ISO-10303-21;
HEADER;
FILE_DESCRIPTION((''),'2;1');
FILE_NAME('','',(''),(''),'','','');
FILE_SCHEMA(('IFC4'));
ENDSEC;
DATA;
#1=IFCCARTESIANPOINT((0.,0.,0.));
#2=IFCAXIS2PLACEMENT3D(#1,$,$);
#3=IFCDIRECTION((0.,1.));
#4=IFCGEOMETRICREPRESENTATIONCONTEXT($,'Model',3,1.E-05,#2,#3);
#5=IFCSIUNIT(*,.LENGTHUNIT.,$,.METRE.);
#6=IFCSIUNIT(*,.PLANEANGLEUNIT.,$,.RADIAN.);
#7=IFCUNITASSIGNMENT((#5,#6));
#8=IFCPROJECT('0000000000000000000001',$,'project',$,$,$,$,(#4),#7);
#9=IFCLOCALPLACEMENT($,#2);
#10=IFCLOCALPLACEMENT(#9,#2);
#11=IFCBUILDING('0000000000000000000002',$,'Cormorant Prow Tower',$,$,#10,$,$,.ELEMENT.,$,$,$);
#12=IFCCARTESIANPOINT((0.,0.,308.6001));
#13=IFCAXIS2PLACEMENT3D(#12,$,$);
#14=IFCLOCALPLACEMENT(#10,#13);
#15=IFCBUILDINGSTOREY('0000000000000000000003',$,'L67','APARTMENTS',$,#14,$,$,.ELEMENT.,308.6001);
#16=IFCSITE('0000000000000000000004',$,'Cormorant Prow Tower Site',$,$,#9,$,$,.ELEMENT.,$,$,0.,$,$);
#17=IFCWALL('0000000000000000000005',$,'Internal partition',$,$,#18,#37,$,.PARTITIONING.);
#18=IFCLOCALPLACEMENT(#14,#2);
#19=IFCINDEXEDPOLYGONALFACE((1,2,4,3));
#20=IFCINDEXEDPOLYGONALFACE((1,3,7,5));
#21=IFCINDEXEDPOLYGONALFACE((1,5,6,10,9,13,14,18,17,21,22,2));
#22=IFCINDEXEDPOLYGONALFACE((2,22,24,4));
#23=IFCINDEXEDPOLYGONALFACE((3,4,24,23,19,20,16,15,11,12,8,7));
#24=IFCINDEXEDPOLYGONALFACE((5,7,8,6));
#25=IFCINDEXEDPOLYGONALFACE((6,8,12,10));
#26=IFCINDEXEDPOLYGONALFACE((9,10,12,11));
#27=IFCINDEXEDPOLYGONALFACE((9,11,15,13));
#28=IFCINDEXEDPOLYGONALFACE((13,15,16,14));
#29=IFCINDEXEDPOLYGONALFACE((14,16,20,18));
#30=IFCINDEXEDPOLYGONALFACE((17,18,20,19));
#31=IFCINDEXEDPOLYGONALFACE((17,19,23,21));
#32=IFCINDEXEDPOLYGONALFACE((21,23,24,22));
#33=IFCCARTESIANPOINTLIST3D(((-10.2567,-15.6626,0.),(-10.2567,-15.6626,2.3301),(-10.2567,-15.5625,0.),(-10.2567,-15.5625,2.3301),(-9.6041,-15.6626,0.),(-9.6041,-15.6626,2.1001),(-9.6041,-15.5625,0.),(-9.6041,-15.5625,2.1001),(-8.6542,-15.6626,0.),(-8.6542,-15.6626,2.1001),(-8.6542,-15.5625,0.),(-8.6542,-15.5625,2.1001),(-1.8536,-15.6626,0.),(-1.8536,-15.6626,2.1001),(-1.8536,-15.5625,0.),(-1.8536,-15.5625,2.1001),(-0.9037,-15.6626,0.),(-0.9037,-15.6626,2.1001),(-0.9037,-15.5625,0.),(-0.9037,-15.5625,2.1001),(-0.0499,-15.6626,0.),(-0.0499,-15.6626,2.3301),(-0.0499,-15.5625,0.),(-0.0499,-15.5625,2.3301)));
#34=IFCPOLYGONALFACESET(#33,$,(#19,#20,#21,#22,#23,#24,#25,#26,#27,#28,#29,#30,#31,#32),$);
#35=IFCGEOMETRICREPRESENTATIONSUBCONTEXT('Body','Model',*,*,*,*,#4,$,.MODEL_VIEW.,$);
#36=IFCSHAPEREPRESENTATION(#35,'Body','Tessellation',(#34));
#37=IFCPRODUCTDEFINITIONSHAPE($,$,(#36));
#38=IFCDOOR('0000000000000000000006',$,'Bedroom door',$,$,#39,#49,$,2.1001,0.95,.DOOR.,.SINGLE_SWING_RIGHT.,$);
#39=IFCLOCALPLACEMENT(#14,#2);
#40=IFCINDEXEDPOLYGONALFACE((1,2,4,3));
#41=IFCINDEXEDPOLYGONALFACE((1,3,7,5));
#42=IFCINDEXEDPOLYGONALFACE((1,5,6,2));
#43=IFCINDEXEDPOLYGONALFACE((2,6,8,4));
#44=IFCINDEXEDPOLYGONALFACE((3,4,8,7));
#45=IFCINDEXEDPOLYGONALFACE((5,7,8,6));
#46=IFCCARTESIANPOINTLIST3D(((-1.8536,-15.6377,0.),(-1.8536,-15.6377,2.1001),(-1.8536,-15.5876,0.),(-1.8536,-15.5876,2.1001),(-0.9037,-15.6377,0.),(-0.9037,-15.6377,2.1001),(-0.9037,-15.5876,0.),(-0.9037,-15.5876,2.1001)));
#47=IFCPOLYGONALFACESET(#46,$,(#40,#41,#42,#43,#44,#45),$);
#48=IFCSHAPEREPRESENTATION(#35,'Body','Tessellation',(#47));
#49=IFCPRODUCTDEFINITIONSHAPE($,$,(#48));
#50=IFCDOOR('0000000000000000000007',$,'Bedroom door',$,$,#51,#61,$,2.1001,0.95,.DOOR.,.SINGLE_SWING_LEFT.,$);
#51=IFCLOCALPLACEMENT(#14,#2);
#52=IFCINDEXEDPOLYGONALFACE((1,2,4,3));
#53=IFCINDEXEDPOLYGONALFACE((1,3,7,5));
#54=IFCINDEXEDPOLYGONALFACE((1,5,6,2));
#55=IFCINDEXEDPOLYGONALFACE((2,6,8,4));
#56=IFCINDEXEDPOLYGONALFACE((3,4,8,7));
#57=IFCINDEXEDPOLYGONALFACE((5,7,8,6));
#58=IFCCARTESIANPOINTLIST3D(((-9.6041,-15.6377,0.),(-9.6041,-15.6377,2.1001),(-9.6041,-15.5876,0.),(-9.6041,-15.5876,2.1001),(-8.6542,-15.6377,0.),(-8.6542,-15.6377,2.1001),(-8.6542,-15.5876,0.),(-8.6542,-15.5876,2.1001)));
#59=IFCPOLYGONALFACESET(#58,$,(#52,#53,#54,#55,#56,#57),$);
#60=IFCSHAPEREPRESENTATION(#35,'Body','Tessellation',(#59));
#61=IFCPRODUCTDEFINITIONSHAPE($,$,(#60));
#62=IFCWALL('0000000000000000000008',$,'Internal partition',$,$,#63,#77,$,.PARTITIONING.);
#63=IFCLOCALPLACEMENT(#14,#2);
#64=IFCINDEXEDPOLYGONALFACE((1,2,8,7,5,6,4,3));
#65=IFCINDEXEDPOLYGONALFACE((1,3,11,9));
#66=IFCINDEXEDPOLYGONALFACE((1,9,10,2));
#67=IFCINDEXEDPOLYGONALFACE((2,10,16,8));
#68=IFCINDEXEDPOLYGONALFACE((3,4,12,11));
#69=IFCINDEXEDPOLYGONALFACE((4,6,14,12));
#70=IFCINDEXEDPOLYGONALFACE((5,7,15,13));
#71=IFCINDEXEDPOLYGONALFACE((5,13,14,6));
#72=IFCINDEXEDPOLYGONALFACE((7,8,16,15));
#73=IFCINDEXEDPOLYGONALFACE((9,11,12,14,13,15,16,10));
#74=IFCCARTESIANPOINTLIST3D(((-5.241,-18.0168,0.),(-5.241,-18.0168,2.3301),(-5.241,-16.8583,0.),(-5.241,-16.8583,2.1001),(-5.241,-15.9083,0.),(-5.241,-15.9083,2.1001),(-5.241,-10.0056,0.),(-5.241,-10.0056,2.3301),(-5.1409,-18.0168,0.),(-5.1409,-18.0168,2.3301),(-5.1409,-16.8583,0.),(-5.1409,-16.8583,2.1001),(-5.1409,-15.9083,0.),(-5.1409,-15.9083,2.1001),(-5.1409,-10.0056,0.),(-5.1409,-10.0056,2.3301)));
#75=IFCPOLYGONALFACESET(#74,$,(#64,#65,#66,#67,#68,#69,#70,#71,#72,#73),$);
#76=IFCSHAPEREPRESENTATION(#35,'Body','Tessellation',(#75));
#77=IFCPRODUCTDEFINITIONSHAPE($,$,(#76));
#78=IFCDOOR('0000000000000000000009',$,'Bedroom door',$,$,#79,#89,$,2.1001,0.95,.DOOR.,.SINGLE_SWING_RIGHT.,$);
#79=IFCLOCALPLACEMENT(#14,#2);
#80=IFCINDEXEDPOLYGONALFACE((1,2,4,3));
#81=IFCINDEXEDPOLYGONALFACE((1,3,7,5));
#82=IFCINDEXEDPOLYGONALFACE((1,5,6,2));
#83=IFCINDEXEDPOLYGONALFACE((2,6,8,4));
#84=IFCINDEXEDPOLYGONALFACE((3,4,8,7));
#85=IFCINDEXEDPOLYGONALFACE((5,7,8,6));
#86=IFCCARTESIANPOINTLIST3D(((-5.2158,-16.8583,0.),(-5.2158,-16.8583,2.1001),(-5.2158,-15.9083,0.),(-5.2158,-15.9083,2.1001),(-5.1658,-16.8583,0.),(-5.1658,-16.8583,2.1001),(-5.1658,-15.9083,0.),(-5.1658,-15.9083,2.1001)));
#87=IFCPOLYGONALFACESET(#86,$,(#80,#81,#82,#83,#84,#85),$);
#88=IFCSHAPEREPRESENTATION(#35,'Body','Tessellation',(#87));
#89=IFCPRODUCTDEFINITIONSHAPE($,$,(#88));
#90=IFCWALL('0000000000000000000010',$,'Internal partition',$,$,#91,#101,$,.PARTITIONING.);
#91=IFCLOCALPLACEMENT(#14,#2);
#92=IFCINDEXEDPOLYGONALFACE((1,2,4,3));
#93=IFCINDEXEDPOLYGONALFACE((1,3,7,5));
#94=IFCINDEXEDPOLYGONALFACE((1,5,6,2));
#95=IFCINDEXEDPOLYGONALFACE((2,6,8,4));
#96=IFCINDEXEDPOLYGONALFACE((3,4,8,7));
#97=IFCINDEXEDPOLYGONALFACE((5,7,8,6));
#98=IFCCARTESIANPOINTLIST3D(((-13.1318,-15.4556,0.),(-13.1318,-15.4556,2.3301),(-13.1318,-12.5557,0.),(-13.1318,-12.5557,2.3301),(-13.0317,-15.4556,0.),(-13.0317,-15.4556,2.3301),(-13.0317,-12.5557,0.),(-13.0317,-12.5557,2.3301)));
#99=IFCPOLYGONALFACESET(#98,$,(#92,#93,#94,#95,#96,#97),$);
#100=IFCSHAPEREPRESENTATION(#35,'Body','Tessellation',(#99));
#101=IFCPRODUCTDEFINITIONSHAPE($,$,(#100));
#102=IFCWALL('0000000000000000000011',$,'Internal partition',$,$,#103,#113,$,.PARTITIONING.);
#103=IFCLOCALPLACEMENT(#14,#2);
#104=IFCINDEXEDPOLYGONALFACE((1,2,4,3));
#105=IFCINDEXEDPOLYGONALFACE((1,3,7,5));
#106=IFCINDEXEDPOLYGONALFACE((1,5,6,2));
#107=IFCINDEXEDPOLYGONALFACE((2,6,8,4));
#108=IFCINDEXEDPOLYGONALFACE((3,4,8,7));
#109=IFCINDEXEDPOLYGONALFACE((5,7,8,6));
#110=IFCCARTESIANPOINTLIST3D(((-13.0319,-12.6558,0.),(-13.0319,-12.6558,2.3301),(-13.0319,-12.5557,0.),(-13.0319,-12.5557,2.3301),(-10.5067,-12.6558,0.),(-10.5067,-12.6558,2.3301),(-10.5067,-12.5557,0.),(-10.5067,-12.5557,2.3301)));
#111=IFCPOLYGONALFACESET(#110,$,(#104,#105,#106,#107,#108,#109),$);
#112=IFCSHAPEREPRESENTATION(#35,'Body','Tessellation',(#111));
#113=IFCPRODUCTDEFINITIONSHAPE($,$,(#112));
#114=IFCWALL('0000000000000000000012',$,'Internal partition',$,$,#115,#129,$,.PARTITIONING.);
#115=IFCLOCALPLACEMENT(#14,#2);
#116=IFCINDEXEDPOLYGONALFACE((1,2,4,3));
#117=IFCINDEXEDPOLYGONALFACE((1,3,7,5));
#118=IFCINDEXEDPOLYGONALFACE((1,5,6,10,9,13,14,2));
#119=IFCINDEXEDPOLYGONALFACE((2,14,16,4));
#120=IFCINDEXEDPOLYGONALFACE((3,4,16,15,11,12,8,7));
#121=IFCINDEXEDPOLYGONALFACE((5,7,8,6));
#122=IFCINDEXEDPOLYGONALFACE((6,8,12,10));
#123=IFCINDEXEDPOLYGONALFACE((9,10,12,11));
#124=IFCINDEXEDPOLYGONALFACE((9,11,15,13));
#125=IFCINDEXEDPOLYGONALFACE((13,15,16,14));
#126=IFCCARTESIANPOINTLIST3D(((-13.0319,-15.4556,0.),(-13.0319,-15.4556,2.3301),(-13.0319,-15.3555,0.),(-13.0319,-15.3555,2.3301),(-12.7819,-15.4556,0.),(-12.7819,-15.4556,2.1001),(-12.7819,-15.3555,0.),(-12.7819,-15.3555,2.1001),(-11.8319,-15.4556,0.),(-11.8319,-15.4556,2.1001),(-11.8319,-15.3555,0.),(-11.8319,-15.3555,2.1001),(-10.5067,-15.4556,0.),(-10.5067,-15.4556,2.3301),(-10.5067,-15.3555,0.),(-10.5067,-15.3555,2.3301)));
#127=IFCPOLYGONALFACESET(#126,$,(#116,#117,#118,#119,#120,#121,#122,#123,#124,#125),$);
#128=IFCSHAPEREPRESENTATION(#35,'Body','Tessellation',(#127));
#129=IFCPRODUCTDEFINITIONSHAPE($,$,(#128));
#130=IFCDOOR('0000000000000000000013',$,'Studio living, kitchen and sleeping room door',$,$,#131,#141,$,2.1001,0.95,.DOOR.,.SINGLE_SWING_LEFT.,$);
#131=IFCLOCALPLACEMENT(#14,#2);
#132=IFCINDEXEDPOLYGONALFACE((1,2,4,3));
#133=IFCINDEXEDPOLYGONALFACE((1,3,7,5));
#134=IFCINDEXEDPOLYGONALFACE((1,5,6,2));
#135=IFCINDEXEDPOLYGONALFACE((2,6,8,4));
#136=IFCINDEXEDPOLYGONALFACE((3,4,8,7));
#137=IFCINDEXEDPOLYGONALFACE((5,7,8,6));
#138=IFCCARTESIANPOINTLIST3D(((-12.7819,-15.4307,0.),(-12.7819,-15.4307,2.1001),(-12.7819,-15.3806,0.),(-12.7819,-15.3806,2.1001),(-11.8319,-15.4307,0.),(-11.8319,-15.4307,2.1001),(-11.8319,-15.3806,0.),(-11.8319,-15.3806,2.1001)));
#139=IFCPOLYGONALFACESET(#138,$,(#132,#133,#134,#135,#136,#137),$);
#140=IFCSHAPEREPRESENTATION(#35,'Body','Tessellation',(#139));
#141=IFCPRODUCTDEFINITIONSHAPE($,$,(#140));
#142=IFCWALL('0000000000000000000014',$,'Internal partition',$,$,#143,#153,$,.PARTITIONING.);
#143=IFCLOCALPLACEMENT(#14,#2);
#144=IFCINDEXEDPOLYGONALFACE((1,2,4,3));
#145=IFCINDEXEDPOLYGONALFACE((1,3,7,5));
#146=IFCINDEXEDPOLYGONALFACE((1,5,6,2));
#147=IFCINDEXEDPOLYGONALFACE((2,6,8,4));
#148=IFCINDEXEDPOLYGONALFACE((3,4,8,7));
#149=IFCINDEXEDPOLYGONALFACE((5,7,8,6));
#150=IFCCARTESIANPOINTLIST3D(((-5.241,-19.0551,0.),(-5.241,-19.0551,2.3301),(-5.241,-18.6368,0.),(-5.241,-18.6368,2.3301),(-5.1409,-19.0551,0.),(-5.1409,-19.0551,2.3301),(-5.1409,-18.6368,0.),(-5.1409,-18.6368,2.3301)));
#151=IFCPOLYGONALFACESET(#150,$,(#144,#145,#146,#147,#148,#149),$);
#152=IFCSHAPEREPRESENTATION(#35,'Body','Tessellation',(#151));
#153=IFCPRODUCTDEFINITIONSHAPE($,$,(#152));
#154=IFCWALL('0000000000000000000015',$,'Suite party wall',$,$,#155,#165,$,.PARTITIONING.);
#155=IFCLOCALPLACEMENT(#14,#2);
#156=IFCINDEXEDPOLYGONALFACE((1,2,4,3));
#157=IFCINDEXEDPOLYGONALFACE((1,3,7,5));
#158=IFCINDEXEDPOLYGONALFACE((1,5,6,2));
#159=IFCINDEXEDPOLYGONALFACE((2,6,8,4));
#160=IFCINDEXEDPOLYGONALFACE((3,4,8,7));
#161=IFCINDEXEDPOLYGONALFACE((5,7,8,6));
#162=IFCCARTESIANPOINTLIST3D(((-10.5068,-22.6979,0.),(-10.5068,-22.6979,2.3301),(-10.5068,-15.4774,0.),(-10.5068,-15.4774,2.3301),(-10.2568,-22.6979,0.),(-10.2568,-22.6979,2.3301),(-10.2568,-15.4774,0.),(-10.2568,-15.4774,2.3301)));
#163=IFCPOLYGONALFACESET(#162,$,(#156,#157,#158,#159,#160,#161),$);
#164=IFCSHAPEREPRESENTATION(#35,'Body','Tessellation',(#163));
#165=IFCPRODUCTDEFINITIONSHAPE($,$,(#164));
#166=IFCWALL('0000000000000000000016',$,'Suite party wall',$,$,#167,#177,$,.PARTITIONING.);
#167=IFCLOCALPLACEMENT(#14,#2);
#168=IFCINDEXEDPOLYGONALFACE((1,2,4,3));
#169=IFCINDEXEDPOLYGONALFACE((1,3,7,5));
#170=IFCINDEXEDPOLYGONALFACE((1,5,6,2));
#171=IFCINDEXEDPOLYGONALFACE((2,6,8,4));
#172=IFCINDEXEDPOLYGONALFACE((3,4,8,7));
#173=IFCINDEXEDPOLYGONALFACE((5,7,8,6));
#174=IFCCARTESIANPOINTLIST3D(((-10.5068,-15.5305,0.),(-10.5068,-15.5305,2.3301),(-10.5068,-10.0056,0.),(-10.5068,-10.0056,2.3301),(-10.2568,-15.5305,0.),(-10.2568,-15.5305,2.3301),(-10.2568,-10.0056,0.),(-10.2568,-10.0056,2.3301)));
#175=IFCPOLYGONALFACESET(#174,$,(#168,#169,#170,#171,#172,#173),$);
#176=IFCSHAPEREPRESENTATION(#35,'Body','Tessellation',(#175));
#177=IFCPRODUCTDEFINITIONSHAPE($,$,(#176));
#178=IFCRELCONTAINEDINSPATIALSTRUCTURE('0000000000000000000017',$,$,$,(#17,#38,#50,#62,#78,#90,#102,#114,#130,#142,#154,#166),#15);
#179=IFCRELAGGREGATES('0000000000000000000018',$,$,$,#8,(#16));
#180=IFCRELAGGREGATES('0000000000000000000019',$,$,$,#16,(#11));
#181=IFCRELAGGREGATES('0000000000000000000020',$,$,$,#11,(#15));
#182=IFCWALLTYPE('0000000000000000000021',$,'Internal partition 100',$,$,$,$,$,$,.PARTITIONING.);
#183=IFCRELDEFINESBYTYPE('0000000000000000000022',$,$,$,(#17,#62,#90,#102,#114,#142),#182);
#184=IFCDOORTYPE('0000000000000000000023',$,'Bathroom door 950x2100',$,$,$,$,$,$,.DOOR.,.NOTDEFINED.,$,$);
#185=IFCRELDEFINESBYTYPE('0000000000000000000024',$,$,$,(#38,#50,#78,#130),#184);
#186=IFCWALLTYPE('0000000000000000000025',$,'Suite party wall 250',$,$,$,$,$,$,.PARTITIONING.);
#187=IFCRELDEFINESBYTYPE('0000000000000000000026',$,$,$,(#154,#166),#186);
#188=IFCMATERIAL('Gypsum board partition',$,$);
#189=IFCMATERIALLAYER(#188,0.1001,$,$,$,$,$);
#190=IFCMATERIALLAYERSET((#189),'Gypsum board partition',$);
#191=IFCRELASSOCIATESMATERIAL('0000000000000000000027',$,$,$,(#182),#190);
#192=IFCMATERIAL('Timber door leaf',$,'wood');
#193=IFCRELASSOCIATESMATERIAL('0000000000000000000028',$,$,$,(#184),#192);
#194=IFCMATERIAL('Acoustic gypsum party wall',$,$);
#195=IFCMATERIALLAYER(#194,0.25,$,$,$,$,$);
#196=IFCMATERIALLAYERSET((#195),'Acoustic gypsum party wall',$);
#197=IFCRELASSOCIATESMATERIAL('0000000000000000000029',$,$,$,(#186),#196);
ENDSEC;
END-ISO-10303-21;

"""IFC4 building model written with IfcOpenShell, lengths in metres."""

from ifc_helpers import new_model, si_unit, direction, frame, frame_2d, origin, place, context, subcontext, project, spatial, rectangle, extrude, material, layer, layer_set, type_object, element, fill, save


model = new_model("IFC4")

# Units and contexts
model_context = context("Model", 3, precision=1e-05, world=origin(), true_north=direction((0.0, 1.0)))
body_context = subcontext(model_context, "Body", "Model", "MODEL_VIEW")
ifc_project = project(units=[si_unit("LENGTHUNIT", "METRE"), si_unit("PLANEANGLEUNIT", "RADIAN")], contexts=[model_context])

# Site, building, storey
site_placement = place(None, origin())
site = spatial("IfcSite", under=ifc_project, at=site_placement, Name="Cormorant Prow Tower Site", CompositionType="ELEMENT", RefElevation=0.0)
building_placement = place(site_placement, origin())
building = spatial("IfcBuilding", under=site, at=building_placement, Name="Cormorant Prow Tower", CompositionType="ELEMENT")
storey_placement = place(building_placement, frame((0.0, 0.0, 308.6001)))
storey = spatial("IfcBuildingStorey", under=building, at=storey_placement, Name="L67", Description="APARTMENTS", CompositionType="ELEMENT", Elevation=308.6001)

# Wall, openings, doors
ifc_material_1 = material(Name="Gypsum board partition")
ifc_layer_1 = layer(ifc_material_1, 0.1001)
ifc_layer_set_1 = layer_set([ifc_layer_1], Name="Gypsum board partition")
wall_type_1 = type_object("IfcWallType", Name="Internal partition 100", PredefinedType="PARTITIONING", material=ifc_layer_set_1)
wall_1_placement = place(storey_placement, frame((-10.2568, -15.6125, 0.0), z_axis=(0.0, 0.0, 1.0), x_axis=(1.0, 0.0, 0.0)))
wall_1 = element("IfcWall", 1, at=wall_1_placement, inside=storey, type_object=wall_type_1, Name="Internal partition", PredefinedType="PARTITIONING", context=body_context, shape_type="SweptSolid", body=[
    extrude(rectangle(XDim=10.2068, YDim=0.1001, at=frame_2d((5.1035, 0.0))), origin(), (0.0, 0.0, 1.0), 2.3301),
])
opening_1_placement = place(wall_1_placement, frame((8.4031, 0.0, 0.0)))
opening_1 = element("IfcOpeningElement", 2, at=opening_1_placement, cuts=wall_1, PredefinedType="OPENING", context=body_context, shape_type="SweptSolid", body=[
    extrude(rectangle(XDim=0.95, YDim=2.1001, at=frame_2d((0.4751, 1.05))), frame((0.0, 0.0601, 0.0), z_axis=(0.0, -1.0, 0.0), x_axis=(1.0, 0.0, 0.0)), (0.0, 0.0, 1.0), 0.1201),
])
opening_2_placement = place(wall_1_placement, frame((0.6526, 0.0, 0.0)))
opening_2 = element("IfcOpeningElement", 3, at=opening_2_placement, cuts=wall_1, PredefinedType="OPENING", context=body_context, shape_type="SweptSolid", body=[
    extrude(rectangle(XDim=0.95, YDim=2.1001, at=frame_2d((0.4751, 1.05))), frame((0.0, 0.0601, 0.0), z_axis=(0.0, -1.0, 0.0), x_axis=(1.0, 0.0, 0.0)), (0.0, 0.0, 1.0), 0.1201),
])
ifc_material_2 = material(Name="Timber door leaf", Category="wood")
door_type_1 = type_object("IfcDoorType", Name="Bathroom door 950x2100", OperationType="NOTDEFINED", PredefinedType="DOOR", material=ifc_material_2)
door_1_placement = place(opening_1_placement, origin())
door_1 = element("IfcDoor", 4, at=door_1_placement, inside=storey, type_object=door_type_1, Name="Bedroom door", OperationType="SINGLE_SWING_RIGHT", OverallHeight=2.1001, OverallWidth=0.95, PredefinedType="DOOR", context=body_context, shape_type="SweptSolid", body=[
    extrude(rectangle(XDim=0.95, YDim=2.1001, at=frame_2d((0.4751, 1.05))), frame((0.0, 0.0249, 0.0), z_axis=(0.0, -1.0, 0.0), x_axis=(1.0, 0.0, 0.0)), (0.0, 0.0, 1.0), 0.05),
])
fill(opening_1, door_1)
door_2_placement = place(opening_2_placement, origin())
door_2 = element("IfcDoor", 5, at=door_2_placement, inside=storey, type_object=door_type_1, Name="Bedroom door", OperationType="SINGLE_SWING_LEFT", OverallHeight=2.1001, OverallWidth=0.95, PredefinedType="DOOR", context=body_context, shape_type="SweptSolid", body=[
    extrude(rectangle(XDim=0.95, YDim=2.1001, at=frame_2d((0.4751, 1.05))), frame((0.0, 0.0249, 0.0), z_axis=(0.0, -1.0, 0.0), x_axis=(1.0, 0.0, 0.0)), (0.0, 0.0, 1.0), 0.05),
])
fill(opening_2, door_2)

# Wall, opening, door
wall_2_placement = place(storey_placement, frame((-5.1909, -18.0168, 0.0), z_axis=(0.0, 0.0, 1.0), x_axis=(0.0, 1.0, 0.0)))
wall_2 = element("IfcWall", 6, at=wall_2_placement, inside=storey, type_object=wall_type_1, Name="Internal partition", PredefinedType="PARTITIONING", context=body_context, shape_type="SweptSolid", body=[
    extrude(rectangle(XDim=8.0112, YDim=0.1001, at=frame_2d((4.0056, 0.0))), origin(), (0.0, 0.0, 1.0), 2.3301),
])
opening_3_placement = place(wall_2_placement, frame((1.1584, 0.0, 0.0)))
opening_3 = element("IfcOpeningElement", 7, at=opening_3_placement, cuts=wall_2, PredefinedType="OPENING", context=body_context, shape_type="SweptSolid", body=[
    extrude(rectangle(XDim=0.95, YDim=2.1001, at=frame_2d((0.4751, 1.05))), frame((0.0, 0.0601, 0.0), z_axis=(0.0, -1.0, 0.0), x_axis=(1.0, 0.0, 0.0)), (0.0, 0.0, 1.0), 0.1201),
])
door_3_placement = place(opening_3_placement, origin())
door_3 = element("IfcDoor", 8, at=door_3_placement, inside=storey, type_object=door_type_1, Name="Bedroom door", OperationType="SINGLE_SWING_RIGHT", OverallHeight=2.1001, OverallWidth=0.95, PredefinedType="DOOR", context=body_context, shape_type="SweptSolid", body=[
    extrude(rectangle(XDim=0.95, YDim=2.1001, at=frame_2d((0.4751, 1.05))), frame((0.0, 0.0249, 0.0), z_axis=(0.0, -1.0, 0.0), x_axis=(1.0, 0.0, 0.0)), (0.0, 0.0, 1.0), 0.05),
])
fill(opening_3, door_3)

# Walls
wall_3_placement = place(storey_placement, frame((-13.0818, -15.4556, 0.0), z_axis=(0.0, 0.0, 1.0), x_axis=(0.0, 1.0, 0.0)))
element("IfcWall", 9, at=wall_3_placement, inside=storey, type_object=wall_type_1, Name="Internal partition", PredefinedType="PARTITIONING", context=body_context, shape_type="SweptSolid", body=[
    extrude(rectangle(XDim=2.8999, YDim=0.1001, at=frame_2d((1.45, 0.0))), origin(), (0.0, 0.0, 1.0), 2.3301),
])
wall_4_placement = place(storey_placement, frame((-13.032, -12.6057, 0.0), z_axis=(0.0, 0.0, 1.0), x_axis=(1.0, 0.0, 0.0)))
element("IfcWall", 10, at=wall_4_placement, inside=storey, type_object=wall_type_1, Name="Internal partition", PredefinedType="PARTITIONING", context=body_context, shape_type="SweptSolid", body=[
    extrude(rectangle(XDim=2.5251, YDim=0.1001, at=frame_2d((1.2627, 0.0))), origin(), (0.0, 0.0, 1.0), 2.3301),
])

# Wall, opening, door
wall_5_placement = place(storey_placement, frame((-13.032, -15.4055, 0.0), z_axis=(0.0, 0.0, 1.0), x_axis=(1.0, 0.0, 0.0)))
wall_5 = element("IfcWall", 11, at=wall_5_placement, inside=storey, type_object=wall_type_1, Name="Internal partition", PredefinedType="PARTITIONING", context=body_context, shape_type="SweptSolid", body=[
    extrude(rectangle(XDim=2.5251, YDim=0.1001, at=frame_2d((1.2627, 0.0))), origin(), (0.0, 0.0, 1.0), 2.3301),
])
opening_4_placement = place(wall_5_placement, frame((0.25, 0.0, 0.0)))
opening_4 = element("IfcOpeningElement", 12, at=opening_4_placement, cuts=wall_5, PredefinedType="OPENING", context=body_context, shape_type="SweptSolid", body=[
    extrude(rectangle(XDim=0.95, YDim=2.1001, at=frame_2d((0.4751, 1.05))), frame((0.0, 0.0601, 0.0), z_axis=(0.0, -1.0, 0.0), x_axis=(1.0, 0.0, 0.0)), (0.0, 0.0, 1.0), 0.1201),
])
door_4_placement = place(opening_4_placement, origin())
door_4 = element("IfcDoor", 13, at=door_4_placement, inside=storey, type_object=door_type_1, Name="Studio living, kitchen and sleeping room door", OperationType="SINGLE_SWING_LEFT", OverallHeight=2.1001, OverallWidth=0.95, PredefinedType="DOOR", context=body_context, shape_type="SweptSolid", body=[
    extrude(rectangle(XDim=0.95, YDim=2.1001, at=frame_2d((0.4751, 1.05))), frame((0.0, 0.0249, 0.0), z_axis=(0.0, -1.0, 0.0), x_axis=(1.0, 0.0, 0.0)), (0.0, 0.0, 1.0), 0.05),
])
fill(opening_4, door_4)

# Walls
wall_6_placement = place(storey_placement, frame((-5.1909, -19.0549, 0.0), z_axis=(0.0, 0.0, 1.0), x_axis=(0.0, 1.0, 0.0)))
element("IfcWall", 14, at=wall_6_placement, inside=storey, type_object=wall_type_1, Name="Internal partition", PredefinedType="PARTITIONING", context=body_context, shape_type="SweptSolid", body=[
    extrude(rectangle(XDim=0.4182, YDim=0.1001, at=frame_2d((0.209, 0.0))), origin(), (0.0, 0.0, 1.0), 2.3301),
])
ifc_material_3 = material(Name="Acoustic gypsum party wall")
ifc_layer_2 = layer(ifc_material_3, 0.25)
ifc_layer_set_2 = layer_set([ifc_layer_2], Name="Acoustic gypsum party wall")
wall_type_2 = type_object("IfcWallType", Name="Suite party wall 250", PredefinedType="PARTITIONING", material=ifc_layer_set_2)
wall_7_placement = place(storey_placement, frame((-10.3818, -22.698, 0.0), z_axis=(0.0, 0.0, 1.0), x_axis=(0.0, 1.0, 0.0)))
element("IfcWall", 15, at=wall_7_placement, inside=storey, type_object=wall_type_2, Name="Suite party wall", PredefinedType="PARTITIONING", context=body_context, shape_type="SweptSolid", body=[
    extrude(rectangle(XDim=7.2205, YDim=0.25, at=frame_2d((3.6104, 0.0))), origin(), (0.0, 0.0, 1.0), 2.3301),
])
wall_8_placement = place(storey_placement, frame((-10.3818, -15.5305, 0.0), z_axis=(0.0, 0.0, 1.0), x_axis=(0.0, 1.0, 0.0)))
element("IfcWall", 16, at=wall_8_placement, inside=storey, type_object=wall_type_2, Name="Suite party wall", PredefinedType="PARTITIONING", context=body_context, shape_type="SweptSolid", body=[
    extrude(rectangle(XDim=5.5249, YDim=0.25, at=frame_2d((2.7625, 0.0))), origin(), (0.0, 0.0, 1.0), 2.3301),
])

save(model, "model.ifc")
